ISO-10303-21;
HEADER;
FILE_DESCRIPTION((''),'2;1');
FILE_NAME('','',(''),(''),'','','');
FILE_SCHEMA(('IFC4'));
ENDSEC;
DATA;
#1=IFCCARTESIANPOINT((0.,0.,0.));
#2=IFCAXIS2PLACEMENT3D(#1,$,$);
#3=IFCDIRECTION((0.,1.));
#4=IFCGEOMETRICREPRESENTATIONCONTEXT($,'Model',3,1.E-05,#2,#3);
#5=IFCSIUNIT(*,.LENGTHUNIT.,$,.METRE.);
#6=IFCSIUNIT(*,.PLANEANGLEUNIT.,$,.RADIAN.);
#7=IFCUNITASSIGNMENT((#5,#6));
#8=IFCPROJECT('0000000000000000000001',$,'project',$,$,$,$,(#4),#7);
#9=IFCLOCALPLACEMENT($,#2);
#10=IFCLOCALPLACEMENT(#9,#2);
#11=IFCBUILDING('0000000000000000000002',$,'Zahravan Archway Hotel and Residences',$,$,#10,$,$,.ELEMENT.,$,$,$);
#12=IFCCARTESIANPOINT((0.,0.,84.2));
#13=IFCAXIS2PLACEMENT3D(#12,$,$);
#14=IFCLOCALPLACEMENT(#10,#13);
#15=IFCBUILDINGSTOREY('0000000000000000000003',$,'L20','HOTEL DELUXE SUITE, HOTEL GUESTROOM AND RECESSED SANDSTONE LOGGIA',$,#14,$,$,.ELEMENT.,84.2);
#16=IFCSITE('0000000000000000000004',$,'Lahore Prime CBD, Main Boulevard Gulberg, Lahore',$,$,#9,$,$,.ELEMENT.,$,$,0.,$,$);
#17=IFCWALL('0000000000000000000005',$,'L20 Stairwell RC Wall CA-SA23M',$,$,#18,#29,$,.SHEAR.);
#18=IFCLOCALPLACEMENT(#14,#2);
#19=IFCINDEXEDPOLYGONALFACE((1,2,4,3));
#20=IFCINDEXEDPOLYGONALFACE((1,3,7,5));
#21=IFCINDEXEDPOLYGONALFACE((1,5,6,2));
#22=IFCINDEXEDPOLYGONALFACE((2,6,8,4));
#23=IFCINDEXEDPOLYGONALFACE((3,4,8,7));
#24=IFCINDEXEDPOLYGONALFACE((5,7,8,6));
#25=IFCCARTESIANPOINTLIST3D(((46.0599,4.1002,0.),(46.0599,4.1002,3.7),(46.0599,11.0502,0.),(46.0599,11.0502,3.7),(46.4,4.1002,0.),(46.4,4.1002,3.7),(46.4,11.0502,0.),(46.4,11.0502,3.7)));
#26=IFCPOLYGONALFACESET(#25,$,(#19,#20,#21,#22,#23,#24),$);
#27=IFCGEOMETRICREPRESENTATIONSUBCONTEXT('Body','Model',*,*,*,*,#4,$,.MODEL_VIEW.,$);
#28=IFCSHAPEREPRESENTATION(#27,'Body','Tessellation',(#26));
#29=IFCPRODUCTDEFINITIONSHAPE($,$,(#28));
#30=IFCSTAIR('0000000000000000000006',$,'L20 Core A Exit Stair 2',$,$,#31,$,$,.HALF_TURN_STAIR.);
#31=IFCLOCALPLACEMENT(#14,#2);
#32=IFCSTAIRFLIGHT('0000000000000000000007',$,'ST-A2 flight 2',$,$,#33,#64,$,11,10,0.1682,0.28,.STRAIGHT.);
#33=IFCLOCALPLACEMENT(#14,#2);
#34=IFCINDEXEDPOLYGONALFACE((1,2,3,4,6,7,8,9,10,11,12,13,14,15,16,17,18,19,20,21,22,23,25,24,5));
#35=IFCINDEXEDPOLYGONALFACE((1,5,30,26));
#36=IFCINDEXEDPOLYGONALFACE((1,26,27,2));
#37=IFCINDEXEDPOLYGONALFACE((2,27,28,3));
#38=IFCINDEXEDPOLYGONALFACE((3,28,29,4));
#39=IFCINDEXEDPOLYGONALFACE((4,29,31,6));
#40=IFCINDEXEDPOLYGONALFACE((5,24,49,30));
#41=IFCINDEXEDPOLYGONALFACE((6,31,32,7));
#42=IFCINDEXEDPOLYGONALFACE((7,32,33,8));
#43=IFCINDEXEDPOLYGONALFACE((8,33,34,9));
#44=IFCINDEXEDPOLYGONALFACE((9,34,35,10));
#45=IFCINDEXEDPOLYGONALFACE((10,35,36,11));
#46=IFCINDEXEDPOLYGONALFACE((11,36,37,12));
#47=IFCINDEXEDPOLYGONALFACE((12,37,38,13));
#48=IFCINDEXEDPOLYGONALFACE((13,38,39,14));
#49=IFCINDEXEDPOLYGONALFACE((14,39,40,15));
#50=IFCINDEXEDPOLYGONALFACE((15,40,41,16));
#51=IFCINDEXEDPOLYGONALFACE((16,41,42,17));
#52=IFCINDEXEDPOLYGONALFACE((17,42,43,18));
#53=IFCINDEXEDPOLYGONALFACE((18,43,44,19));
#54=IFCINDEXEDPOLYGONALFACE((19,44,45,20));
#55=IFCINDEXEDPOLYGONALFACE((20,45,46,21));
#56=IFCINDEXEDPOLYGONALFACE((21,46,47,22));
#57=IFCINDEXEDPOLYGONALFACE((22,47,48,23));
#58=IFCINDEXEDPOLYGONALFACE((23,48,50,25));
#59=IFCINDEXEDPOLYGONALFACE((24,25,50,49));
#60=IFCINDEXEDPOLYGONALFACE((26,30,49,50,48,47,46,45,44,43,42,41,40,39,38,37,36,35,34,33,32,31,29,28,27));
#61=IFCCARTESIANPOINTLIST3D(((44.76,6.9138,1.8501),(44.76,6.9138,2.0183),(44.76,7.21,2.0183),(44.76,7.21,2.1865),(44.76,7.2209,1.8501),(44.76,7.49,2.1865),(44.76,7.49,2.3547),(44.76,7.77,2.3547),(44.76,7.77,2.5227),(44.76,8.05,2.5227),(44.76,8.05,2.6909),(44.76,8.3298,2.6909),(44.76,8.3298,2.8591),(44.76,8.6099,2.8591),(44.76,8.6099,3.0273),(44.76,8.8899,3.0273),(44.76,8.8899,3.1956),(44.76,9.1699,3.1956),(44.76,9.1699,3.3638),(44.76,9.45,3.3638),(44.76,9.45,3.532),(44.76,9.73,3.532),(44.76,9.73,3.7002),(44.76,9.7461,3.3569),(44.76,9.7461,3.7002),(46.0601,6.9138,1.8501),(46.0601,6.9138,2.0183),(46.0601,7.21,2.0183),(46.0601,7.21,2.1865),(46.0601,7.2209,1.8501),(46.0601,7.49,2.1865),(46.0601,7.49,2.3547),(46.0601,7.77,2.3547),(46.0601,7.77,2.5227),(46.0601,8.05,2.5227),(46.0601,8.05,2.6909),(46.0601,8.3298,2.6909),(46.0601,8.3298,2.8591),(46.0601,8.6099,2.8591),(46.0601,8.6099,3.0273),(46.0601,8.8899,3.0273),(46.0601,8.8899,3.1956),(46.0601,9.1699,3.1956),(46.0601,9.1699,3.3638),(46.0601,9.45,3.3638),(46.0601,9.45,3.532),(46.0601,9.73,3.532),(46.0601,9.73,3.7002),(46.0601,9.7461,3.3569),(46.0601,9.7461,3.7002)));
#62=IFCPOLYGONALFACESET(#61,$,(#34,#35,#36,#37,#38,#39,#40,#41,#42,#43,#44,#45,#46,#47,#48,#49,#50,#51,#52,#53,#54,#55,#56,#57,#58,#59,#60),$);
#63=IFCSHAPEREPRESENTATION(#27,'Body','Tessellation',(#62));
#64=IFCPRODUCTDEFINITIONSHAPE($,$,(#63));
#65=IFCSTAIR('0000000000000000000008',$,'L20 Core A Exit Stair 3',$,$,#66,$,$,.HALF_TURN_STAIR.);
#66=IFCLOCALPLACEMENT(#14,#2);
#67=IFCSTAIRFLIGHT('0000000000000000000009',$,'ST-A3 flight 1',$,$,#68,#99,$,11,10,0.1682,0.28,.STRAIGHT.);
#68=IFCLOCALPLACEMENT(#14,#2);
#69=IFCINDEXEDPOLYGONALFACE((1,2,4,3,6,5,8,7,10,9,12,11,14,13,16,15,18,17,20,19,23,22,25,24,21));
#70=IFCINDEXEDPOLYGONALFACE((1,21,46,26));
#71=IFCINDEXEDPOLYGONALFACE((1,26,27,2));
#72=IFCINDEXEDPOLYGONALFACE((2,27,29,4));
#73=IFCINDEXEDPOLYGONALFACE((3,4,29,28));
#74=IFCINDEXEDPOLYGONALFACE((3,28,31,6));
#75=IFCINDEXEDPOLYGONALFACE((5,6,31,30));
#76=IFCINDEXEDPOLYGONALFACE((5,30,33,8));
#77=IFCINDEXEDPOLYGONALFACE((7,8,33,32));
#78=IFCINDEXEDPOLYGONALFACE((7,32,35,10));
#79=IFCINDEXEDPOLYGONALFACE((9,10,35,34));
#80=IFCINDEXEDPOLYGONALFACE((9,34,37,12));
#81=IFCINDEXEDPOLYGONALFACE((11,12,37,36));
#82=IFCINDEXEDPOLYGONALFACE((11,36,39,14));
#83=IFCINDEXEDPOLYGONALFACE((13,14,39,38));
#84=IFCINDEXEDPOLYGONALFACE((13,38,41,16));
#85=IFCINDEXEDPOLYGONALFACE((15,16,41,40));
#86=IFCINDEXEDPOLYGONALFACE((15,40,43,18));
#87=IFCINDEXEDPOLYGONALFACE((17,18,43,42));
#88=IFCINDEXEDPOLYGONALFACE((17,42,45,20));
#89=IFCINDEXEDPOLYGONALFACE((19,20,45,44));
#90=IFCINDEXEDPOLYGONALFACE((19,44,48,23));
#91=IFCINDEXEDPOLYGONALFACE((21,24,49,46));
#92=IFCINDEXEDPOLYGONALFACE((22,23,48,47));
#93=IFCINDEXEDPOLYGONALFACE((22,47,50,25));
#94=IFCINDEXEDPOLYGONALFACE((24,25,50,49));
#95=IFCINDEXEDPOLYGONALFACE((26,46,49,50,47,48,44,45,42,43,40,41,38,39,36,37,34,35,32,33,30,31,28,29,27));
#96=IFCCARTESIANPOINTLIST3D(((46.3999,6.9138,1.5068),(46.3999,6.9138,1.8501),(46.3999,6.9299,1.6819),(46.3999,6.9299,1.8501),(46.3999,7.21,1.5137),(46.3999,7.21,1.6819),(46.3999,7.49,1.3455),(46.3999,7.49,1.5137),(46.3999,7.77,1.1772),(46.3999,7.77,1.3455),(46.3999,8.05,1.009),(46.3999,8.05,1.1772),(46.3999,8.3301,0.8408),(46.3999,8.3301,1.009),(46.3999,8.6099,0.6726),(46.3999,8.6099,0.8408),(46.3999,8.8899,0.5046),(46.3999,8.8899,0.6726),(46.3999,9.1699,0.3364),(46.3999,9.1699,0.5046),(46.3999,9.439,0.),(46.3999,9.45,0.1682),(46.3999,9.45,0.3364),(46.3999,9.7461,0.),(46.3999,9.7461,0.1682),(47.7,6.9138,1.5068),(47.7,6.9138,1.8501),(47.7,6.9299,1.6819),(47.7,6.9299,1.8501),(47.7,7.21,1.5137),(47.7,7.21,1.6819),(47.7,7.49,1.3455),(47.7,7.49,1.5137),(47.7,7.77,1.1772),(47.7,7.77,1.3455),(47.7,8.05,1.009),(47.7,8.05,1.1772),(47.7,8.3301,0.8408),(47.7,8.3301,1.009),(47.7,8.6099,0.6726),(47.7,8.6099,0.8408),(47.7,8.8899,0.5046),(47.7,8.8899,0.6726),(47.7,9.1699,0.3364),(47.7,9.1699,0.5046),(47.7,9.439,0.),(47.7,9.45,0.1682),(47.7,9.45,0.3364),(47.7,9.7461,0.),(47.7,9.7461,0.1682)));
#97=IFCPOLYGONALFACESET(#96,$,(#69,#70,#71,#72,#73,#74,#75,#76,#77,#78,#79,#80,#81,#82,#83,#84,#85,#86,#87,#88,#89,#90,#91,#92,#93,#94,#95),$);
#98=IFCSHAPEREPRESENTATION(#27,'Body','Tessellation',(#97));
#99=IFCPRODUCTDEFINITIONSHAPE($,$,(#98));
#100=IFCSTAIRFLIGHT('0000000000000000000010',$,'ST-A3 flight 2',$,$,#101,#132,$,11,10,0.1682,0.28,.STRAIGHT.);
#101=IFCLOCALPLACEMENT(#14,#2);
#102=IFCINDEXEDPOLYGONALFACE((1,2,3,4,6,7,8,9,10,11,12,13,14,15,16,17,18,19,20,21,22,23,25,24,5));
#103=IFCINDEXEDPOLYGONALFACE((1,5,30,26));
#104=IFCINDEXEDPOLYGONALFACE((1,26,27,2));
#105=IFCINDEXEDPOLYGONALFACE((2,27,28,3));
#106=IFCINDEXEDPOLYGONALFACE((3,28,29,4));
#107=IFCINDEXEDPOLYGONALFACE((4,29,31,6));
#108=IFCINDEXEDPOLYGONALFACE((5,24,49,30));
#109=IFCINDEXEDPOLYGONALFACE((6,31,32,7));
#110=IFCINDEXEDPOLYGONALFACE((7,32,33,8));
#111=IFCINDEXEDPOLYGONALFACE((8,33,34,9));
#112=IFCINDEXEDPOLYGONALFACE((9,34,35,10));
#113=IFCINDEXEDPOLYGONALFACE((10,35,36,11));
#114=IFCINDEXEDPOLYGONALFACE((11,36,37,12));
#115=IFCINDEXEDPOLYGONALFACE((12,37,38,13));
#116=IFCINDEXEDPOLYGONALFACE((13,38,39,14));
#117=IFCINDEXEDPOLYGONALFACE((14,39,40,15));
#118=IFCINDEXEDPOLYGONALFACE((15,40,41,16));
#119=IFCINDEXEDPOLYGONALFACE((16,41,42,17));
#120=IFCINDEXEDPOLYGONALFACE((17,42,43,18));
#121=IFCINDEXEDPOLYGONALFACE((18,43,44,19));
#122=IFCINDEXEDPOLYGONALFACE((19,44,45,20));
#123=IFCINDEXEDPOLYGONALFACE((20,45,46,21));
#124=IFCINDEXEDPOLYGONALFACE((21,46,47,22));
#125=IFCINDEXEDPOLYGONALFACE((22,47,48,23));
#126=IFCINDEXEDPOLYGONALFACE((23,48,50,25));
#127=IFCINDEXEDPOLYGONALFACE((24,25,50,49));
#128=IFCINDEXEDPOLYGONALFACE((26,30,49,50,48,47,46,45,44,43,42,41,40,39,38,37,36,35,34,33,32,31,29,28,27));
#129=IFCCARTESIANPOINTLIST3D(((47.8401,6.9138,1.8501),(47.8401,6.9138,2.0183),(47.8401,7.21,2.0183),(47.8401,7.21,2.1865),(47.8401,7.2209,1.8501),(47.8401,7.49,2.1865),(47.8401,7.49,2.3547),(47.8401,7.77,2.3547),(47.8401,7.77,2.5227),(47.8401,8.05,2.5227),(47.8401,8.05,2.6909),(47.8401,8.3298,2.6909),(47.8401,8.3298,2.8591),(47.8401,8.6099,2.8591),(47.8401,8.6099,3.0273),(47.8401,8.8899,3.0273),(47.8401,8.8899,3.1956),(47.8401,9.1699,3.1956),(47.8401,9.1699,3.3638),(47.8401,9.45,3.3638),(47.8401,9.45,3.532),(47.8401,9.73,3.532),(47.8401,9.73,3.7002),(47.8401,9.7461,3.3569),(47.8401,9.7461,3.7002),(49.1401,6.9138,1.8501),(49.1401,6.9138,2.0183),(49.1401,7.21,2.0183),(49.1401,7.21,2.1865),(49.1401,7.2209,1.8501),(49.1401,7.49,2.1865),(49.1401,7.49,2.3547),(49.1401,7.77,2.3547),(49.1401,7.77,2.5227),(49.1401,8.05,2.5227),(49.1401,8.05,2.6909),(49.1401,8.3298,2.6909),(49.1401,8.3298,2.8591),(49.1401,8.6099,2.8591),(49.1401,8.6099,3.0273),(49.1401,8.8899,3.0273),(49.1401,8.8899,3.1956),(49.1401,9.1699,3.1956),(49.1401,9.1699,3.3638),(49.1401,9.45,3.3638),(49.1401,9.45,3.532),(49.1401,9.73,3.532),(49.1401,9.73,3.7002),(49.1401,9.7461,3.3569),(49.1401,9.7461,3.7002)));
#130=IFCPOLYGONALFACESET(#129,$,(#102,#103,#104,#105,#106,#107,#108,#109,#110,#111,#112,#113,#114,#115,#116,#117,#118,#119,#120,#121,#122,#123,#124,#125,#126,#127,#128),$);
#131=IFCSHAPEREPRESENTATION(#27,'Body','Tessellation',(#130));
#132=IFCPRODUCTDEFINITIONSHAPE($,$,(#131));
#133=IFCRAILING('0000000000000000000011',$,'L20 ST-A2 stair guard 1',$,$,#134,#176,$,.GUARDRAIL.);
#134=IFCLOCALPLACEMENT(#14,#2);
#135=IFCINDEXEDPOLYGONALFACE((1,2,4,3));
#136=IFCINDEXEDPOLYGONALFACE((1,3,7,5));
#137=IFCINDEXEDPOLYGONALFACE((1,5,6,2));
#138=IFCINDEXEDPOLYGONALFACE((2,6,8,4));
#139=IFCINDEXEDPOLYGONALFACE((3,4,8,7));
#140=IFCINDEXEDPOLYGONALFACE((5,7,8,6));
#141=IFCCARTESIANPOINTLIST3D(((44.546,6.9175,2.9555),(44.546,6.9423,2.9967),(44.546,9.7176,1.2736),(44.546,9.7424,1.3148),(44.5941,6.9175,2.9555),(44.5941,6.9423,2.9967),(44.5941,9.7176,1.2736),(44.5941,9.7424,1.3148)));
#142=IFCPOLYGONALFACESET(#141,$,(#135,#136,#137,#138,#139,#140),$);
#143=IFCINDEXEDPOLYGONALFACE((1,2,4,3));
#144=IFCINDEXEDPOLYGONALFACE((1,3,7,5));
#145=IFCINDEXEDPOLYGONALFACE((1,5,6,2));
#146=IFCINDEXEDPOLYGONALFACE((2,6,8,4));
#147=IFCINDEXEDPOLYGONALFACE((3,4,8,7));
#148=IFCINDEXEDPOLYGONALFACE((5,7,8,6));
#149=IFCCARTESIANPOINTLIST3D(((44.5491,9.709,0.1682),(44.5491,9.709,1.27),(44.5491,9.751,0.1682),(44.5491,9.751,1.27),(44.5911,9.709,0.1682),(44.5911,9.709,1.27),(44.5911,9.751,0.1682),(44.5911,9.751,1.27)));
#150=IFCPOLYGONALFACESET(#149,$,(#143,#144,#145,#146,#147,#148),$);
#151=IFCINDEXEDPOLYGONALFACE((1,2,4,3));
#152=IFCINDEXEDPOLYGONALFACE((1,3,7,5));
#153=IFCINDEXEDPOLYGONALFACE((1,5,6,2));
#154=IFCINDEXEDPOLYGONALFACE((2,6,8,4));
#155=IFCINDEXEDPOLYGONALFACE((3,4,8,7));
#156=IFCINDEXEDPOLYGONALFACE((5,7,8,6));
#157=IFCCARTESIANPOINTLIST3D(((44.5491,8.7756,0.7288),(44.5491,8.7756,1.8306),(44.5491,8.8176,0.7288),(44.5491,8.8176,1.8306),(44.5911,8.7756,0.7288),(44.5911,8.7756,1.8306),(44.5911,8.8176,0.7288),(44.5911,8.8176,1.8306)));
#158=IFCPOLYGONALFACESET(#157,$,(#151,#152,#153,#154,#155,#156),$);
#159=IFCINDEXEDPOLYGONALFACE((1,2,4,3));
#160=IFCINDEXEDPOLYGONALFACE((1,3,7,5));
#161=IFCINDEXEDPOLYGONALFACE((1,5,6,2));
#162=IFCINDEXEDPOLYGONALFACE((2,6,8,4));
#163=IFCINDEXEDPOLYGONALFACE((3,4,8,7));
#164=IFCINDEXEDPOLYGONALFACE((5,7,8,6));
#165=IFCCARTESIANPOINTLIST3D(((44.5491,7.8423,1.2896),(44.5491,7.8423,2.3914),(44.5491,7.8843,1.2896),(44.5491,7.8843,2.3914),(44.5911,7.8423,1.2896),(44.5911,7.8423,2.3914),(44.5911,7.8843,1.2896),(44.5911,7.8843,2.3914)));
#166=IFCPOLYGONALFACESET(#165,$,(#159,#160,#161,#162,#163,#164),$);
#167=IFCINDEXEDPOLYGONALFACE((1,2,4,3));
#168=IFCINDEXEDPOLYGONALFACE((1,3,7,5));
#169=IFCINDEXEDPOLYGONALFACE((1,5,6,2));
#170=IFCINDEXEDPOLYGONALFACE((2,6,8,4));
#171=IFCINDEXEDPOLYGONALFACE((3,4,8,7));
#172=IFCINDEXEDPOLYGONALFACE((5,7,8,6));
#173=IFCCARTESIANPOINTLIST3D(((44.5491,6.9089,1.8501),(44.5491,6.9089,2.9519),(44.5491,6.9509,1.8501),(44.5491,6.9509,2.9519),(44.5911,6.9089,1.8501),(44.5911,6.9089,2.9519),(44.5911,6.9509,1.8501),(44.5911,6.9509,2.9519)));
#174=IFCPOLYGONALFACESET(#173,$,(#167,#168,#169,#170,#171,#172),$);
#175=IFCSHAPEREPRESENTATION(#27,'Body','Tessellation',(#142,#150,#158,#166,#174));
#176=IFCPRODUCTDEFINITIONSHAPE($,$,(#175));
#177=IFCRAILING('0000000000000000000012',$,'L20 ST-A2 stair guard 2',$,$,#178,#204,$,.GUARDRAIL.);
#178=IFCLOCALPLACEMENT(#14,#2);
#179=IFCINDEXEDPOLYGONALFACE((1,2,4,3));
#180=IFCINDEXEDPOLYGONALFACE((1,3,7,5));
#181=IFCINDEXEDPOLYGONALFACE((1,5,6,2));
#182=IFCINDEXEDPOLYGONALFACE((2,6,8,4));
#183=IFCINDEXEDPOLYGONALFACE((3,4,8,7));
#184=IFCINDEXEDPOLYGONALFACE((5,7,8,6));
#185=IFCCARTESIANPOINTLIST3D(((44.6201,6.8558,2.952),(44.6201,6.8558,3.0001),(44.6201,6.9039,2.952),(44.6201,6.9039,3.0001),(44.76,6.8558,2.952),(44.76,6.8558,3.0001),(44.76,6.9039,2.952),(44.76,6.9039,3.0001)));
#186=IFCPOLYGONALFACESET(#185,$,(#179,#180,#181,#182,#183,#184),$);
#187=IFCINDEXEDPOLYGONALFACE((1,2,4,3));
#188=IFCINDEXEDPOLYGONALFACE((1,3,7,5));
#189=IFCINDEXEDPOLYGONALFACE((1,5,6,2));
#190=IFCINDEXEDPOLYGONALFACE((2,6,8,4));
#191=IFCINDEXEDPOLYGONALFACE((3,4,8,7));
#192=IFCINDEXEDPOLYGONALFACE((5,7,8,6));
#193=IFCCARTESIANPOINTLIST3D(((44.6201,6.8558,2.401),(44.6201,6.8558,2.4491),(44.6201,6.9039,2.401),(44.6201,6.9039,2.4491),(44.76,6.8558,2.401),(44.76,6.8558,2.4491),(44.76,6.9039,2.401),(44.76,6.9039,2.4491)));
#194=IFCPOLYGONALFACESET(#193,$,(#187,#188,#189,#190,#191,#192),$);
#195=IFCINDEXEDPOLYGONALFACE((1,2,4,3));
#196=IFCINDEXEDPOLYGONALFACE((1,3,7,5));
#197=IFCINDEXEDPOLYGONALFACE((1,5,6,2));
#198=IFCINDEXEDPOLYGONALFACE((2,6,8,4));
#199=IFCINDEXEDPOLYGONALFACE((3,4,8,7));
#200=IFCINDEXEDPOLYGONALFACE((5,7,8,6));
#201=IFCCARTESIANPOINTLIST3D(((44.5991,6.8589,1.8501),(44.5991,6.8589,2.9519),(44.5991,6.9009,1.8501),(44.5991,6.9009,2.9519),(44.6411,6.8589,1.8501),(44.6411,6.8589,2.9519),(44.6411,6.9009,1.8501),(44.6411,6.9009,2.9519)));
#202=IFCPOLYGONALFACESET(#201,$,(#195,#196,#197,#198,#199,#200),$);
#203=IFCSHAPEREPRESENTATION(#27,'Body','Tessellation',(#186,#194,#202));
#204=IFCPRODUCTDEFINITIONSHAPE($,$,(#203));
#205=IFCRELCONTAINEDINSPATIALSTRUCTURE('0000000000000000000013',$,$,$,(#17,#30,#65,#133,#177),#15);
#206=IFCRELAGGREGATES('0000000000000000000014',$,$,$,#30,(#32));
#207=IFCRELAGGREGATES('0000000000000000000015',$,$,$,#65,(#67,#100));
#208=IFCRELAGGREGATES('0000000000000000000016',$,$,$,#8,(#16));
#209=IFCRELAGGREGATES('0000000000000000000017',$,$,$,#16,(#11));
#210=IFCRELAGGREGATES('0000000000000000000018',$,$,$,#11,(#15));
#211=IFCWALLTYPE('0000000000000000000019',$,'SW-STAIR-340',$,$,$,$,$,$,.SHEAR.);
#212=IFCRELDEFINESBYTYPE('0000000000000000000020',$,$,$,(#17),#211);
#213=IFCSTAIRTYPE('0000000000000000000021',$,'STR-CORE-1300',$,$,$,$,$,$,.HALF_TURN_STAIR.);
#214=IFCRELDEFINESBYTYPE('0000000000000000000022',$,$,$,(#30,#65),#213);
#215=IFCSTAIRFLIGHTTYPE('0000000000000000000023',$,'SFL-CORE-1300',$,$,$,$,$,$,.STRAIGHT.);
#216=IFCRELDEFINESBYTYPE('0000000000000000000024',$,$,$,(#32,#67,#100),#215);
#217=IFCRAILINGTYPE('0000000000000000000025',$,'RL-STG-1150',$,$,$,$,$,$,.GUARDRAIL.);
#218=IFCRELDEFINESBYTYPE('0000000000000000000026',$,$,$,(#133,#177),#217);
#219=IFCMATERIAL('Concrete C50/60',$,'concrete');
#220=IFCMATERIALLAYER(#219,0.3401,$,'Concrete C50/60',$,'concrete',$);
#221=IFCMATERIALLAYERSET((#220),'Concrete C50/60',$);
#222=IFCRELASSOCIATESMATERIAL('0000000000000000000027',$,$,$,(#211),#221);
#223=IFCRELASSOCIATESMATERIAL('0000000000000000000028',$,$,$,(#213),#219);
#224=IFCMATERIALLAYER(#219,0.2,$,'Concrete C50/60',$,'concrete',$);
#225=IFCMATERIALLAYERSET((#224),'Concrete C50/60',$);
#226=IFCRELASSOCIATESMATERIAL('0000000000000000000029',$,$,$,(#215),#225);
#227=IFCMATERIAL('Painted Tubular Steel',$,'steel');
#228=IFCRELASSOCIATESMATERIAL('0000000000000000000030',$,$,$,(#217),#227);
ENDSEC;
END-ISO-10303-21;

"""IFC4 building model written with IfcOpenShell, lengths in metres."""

from ifc_helpers import new_model, si_unit, direction, frame, frame_2d, origin, origin_2d, place, context, subcontext, project, spatial, polyline, rectangle, outline, extrude, source, transform, mapped, material, layer, layer_set, type_object, element, aggregate, save


model = new_model("IFC4")

# Units and contexts
model_context = context("Model", 3, precision=1e-05, world=origin(), true_north=direction((0.0, 1.0)))
body_context = subcontext(model_context, "Body", "Model", "MODEL_VIEW")
ifc_project = project(units=[si_unit("LENGTHUNIT", "METRE"), si_unit("PLANEANGLEUNIT", "RADIAN")], contexts=[model_context])

# Site, building, storey
site_placement = place(None, origin())
site = spatial("IfcSite", under=ifc_project, at=site_placement, Name="Lahore Prime CBD, Main Boulevard Gulberg, Lahore", CompositionType="ELEMENT", RefElevation=0.0)
building_placement = place(site_placement, origin())
building = spatial("IfcBuilding", under=site, at=building_placement, Name="Zahravan Archway Hotel and Residences", CompositionType="ELEMENT")
storey_placement = place(building_placement, frame((0.0, 0.0, 84.2)))
storey = spatial("IfcBuildingStorey", under=building, at=storey_placement, Name="L20", Description="HOTEL DELUXE SUITE, HOTEL GUESTROOM AND RECESSED SANDSTONE LOGGIA", CompositionType="ELEMENT", Elevation=84.2)

# Wall
ifc_material_1 = material(Name="Concrete C50/60", Category="concrete")
ifc_layer_1 = layer(ifc_material_1, 0.3401, Name="Concrete C50/60", Category="concrete")
ifc_layer_set_1 = layer_set([ifc_layer_1], Name="Concrete C50/60")
wall_type = type_object("IfcWallType", Name="SW-STAIR-340", PredefinedType="SHEAR", material=ifc_layer_set_1)
wall_placement = place(storey_placement, frame((46.23, 4.1001, 0.0), z_axis=(0.0, 0.0, 1.0), x_axis=(0.0, 1.0, 0.0)))
element("IfcWall", 1, at=wall_placement, inside=storey, type_object=wall_type, Name="L20 Stairwell RC Wall CA-SA23M", PredefinedType="SHEAR", context=body_context, shape_type="SweptSolid", body=[
    extrude(rectangle(XDim=6.95, YDim=0.3401, at=frame_2d((3.4751, 0.0))), origin(), (0.0, 0.0, 1.0), 3.7),
])

# Stair, stair flight
stair_type = type_object("IfcStairType", Name="STR-CORE-1300", PredefinedType="HALF_TURN_STAIR", material=ifc_material_1)
stair_1_placement = place(storey_placement, origin())
stair_1 = element("IfcStair", 2, at=stair_1_placement, inside=storey, type_object=stair_type, Name="L20 Core A Exit Stair 2", PredefinedType="HALF_TURN_STAIR")
ifc_layer_2 = layer(ifc_material_1, 0.2, Name="Concrete C50/60", Category="concrete")
ifc_layer_set_2 = layer_set([ifc_layer_2], Name="Concrete C50/60")
stair_flight_type = type_object("IfcStairFlightType", Name="SFL-CORE-1300", PredefinedType="STRAIGHT", material=ifc_layer_set_2)
shared_shape = source(origin(), body_context, "Body", "SweptSolid", [
    extrude(outline(polyline([(-0.0161, 0.0), (-0.0161, 0.1682), (0.28, 0.1682), (0.28, 0.3364), (0.5601, 0.3364), (0.5601, 0.5046), (0.8401, 0.5046), (0.8401, 0.6726), (1.1201, 0.6726), (1.1201, 0.8408), (1.3999, 0.8408), (1.3999, 1.009), (1.6799, 1.009), (1.6799, 1.1772), (1.96, 1.1772), (1.96, 1.3455), (2.24, 1.3455), (2.24, 1.5137), (2.52, 1.5137), (2.52, 1.6819), (2.8, 1.6819), (2.8, 1.8501), (2.8162, 1.8501), (2.8162, 1.5068), (0.291, 0.0), (-0.0161, 0.0)])), frame((0.0, 0.6499, 0.0), z_axis=(0.0, -1.0, 0.0), x_axis=(1.0, 0.0, 0.0)), (0.0, 0.0, 1.0), 1.3),
])
stair_flight_1_placement = place(storey_placement, frame((45.4099, 6.9299, 1.8501), z_axis=(0.0, 0.0, 1.0), x_axis=(0.0, 1.0, 0.0)))
stair_flight_1 = element("IfcStairFlight", 3, at=stair_flight_1_placement, type_object=stair_flight_type, Name="ST-A2 flight 2", NumberOfRisers=11, NumberOfTreads=10, PredefinedType="STRAIGHT", RiserHeight=0.1682, TreadLength=0.28, context=body_context, shape_type="MappedRepresentation", body=[
    mapped(shared_shape, transform((0.0, 0.0, 0.0), scale=1.0)),
])
aggregate(stair_1, [stair_flight_1])

# Stair, stair flights
stair_2_placement = place(storey_placement, origin())
stair_2 = element("IfcStair", 4, at=stair_2_placement, inside=storey, type_object=stair_type, Name="L20 Core A Exit Stair 3", PredefinedType="HALF_TURN_STAIR")
stair_flight_2_placement = place(storey_placement, frame((47.05, 9.73, 0.0), z_axis=(0.0, 0.0, 1.0), x_axis=(0.0, -1.0, 0.0)))
stair_flight_2 = element("IfcStairFlight", 5, at=stair_flight_2_placement, type_object=stair_flight_type, Name="ST-A3 flight 1", NumberOfRisers=11, NumberOfTreads=10, PredefinedType="STRAIGHT", RiserHeight=0.1682, TreadLength=0.28, context=body_context, shape_type="MappedRepresentation", body=[
    mapped(shared_shape, transform((0.0, 0.0, 0.0), scale=1.0)),
])
stair_flight_3_placement = place(storey_placement, frame((48.49, 6.9299, 1.8501), z_axis=(0.0, 0.0, 1.0), x_axis=(0.0, 1.0, 0.0)))
stair_flight_3 = element("IfcStairFlight", 6, at=stair_flight_3_placement, type_object=stair_flight_type, Name="ST-A3 flight 2", NumberOfRisers=11, NumberOfTreads=10, PredefinedType="STRAIGHT", RiserHeight=0.1682, TreadLength=0.28, context=body_context, shape_type="MappedRepresentation", body=[
    mapped(shared_shape, transform((0.0, 0.0, 0.0), scale=1.0)),
])
aggregate(stair_2, [stair_flight_2, stair_flight_3])

# Railings
ifc_material_2 = material(Name="Painted Tubular Steel", Category="steel")
railing_type_1 = type_object("IfcRailingType", Name="RL-STG-1150", PredefinedType="GUARDRAIL", material=ifc_material_2)
railing_1_placement = place(storey_placement, frame((44.5701, 9.73, 0.1682)))
element("IfcRailing", 7, at=railing_1_placement, inside=storey, type_object=railing_type_1, Name="L20 ST-A2 stair guard 1", PredefinedType="GUARDRAIL", context=body_context, shape_type="SweptSolid", body=[
    extrude(rectangle(XDim=0.0481, YDim=0.0481, at=origin_2d()), frame((0.0, 0.0, 1.126), z_axis=(0.0, -0.857242, 0.514913), x_axis=(1.0, 0.0, 0.0)), (0.0, 0.0, 1.0), 3.2664),
    extrude(rectangle(XDim=0.042, YDim=0.042, at=origin_2d()), origin(), (0.0, 0.0, 1.0), 1.1018),
    extrude(rectangle(XDim=0.042, YDim=0.042, at=origin_2d()), frame((0.0, -0.9333, 0.5605)), (0.0, 0.0, 1.0), 1.1018),
    extrude(rectangle(XDim=0.042, YDim=0.042, at=origin_2d()), frame((0.0, -1.8667, 1.1213)), (0.0, 0.0, 1.0), 1.1018),
    extrude(rectangle(XDim=0.042, YDim=0.042, at=origin_2d()), frame((0.0, -2.8, 1.6819)), (0.0, 0.0, 1.0), 1.1018),
])
railing_2_placement = place(storey_placement, frame((44.6201, 6.8799, 1.8501)))
element("IfcRailing", 8, at=railing_2_placement, inside=storey, type_object=railing_type_1, Name="L20 ST-A2 stair guard 2", PredefinedType="GUARDRAIL", context=body_context, shape_type="SweptSolid", body=[
    extrude(rectangle(XDim=0.0481, YDim=0.0481, at=origin_2d()), frame((0.0, 0.0, 1.126), z_axis=(1.0, 0.0, 0.0), x_axis=(0.0, 1.0, 0.0)), (0.0, 0.0, 1.0), 0.1399),
    extrude(rectangle(XDim=0.0481, YDim=0.0481, at=origin_2d()), frame((0.0, 0.0, 0.575), z_axis=(1.0, 0.0, 0.0), x_axis=(0.0, 1.0, 0.0)), (0.0, 0.0, 1.0), 0.1399),
    extrude(rectangle(XDim=0.042, YDim=0.042, at=origin_2d()), origin(), (0.0, 0.0, 1.0), 1.1018),
])

save(model, "model.ifc")
